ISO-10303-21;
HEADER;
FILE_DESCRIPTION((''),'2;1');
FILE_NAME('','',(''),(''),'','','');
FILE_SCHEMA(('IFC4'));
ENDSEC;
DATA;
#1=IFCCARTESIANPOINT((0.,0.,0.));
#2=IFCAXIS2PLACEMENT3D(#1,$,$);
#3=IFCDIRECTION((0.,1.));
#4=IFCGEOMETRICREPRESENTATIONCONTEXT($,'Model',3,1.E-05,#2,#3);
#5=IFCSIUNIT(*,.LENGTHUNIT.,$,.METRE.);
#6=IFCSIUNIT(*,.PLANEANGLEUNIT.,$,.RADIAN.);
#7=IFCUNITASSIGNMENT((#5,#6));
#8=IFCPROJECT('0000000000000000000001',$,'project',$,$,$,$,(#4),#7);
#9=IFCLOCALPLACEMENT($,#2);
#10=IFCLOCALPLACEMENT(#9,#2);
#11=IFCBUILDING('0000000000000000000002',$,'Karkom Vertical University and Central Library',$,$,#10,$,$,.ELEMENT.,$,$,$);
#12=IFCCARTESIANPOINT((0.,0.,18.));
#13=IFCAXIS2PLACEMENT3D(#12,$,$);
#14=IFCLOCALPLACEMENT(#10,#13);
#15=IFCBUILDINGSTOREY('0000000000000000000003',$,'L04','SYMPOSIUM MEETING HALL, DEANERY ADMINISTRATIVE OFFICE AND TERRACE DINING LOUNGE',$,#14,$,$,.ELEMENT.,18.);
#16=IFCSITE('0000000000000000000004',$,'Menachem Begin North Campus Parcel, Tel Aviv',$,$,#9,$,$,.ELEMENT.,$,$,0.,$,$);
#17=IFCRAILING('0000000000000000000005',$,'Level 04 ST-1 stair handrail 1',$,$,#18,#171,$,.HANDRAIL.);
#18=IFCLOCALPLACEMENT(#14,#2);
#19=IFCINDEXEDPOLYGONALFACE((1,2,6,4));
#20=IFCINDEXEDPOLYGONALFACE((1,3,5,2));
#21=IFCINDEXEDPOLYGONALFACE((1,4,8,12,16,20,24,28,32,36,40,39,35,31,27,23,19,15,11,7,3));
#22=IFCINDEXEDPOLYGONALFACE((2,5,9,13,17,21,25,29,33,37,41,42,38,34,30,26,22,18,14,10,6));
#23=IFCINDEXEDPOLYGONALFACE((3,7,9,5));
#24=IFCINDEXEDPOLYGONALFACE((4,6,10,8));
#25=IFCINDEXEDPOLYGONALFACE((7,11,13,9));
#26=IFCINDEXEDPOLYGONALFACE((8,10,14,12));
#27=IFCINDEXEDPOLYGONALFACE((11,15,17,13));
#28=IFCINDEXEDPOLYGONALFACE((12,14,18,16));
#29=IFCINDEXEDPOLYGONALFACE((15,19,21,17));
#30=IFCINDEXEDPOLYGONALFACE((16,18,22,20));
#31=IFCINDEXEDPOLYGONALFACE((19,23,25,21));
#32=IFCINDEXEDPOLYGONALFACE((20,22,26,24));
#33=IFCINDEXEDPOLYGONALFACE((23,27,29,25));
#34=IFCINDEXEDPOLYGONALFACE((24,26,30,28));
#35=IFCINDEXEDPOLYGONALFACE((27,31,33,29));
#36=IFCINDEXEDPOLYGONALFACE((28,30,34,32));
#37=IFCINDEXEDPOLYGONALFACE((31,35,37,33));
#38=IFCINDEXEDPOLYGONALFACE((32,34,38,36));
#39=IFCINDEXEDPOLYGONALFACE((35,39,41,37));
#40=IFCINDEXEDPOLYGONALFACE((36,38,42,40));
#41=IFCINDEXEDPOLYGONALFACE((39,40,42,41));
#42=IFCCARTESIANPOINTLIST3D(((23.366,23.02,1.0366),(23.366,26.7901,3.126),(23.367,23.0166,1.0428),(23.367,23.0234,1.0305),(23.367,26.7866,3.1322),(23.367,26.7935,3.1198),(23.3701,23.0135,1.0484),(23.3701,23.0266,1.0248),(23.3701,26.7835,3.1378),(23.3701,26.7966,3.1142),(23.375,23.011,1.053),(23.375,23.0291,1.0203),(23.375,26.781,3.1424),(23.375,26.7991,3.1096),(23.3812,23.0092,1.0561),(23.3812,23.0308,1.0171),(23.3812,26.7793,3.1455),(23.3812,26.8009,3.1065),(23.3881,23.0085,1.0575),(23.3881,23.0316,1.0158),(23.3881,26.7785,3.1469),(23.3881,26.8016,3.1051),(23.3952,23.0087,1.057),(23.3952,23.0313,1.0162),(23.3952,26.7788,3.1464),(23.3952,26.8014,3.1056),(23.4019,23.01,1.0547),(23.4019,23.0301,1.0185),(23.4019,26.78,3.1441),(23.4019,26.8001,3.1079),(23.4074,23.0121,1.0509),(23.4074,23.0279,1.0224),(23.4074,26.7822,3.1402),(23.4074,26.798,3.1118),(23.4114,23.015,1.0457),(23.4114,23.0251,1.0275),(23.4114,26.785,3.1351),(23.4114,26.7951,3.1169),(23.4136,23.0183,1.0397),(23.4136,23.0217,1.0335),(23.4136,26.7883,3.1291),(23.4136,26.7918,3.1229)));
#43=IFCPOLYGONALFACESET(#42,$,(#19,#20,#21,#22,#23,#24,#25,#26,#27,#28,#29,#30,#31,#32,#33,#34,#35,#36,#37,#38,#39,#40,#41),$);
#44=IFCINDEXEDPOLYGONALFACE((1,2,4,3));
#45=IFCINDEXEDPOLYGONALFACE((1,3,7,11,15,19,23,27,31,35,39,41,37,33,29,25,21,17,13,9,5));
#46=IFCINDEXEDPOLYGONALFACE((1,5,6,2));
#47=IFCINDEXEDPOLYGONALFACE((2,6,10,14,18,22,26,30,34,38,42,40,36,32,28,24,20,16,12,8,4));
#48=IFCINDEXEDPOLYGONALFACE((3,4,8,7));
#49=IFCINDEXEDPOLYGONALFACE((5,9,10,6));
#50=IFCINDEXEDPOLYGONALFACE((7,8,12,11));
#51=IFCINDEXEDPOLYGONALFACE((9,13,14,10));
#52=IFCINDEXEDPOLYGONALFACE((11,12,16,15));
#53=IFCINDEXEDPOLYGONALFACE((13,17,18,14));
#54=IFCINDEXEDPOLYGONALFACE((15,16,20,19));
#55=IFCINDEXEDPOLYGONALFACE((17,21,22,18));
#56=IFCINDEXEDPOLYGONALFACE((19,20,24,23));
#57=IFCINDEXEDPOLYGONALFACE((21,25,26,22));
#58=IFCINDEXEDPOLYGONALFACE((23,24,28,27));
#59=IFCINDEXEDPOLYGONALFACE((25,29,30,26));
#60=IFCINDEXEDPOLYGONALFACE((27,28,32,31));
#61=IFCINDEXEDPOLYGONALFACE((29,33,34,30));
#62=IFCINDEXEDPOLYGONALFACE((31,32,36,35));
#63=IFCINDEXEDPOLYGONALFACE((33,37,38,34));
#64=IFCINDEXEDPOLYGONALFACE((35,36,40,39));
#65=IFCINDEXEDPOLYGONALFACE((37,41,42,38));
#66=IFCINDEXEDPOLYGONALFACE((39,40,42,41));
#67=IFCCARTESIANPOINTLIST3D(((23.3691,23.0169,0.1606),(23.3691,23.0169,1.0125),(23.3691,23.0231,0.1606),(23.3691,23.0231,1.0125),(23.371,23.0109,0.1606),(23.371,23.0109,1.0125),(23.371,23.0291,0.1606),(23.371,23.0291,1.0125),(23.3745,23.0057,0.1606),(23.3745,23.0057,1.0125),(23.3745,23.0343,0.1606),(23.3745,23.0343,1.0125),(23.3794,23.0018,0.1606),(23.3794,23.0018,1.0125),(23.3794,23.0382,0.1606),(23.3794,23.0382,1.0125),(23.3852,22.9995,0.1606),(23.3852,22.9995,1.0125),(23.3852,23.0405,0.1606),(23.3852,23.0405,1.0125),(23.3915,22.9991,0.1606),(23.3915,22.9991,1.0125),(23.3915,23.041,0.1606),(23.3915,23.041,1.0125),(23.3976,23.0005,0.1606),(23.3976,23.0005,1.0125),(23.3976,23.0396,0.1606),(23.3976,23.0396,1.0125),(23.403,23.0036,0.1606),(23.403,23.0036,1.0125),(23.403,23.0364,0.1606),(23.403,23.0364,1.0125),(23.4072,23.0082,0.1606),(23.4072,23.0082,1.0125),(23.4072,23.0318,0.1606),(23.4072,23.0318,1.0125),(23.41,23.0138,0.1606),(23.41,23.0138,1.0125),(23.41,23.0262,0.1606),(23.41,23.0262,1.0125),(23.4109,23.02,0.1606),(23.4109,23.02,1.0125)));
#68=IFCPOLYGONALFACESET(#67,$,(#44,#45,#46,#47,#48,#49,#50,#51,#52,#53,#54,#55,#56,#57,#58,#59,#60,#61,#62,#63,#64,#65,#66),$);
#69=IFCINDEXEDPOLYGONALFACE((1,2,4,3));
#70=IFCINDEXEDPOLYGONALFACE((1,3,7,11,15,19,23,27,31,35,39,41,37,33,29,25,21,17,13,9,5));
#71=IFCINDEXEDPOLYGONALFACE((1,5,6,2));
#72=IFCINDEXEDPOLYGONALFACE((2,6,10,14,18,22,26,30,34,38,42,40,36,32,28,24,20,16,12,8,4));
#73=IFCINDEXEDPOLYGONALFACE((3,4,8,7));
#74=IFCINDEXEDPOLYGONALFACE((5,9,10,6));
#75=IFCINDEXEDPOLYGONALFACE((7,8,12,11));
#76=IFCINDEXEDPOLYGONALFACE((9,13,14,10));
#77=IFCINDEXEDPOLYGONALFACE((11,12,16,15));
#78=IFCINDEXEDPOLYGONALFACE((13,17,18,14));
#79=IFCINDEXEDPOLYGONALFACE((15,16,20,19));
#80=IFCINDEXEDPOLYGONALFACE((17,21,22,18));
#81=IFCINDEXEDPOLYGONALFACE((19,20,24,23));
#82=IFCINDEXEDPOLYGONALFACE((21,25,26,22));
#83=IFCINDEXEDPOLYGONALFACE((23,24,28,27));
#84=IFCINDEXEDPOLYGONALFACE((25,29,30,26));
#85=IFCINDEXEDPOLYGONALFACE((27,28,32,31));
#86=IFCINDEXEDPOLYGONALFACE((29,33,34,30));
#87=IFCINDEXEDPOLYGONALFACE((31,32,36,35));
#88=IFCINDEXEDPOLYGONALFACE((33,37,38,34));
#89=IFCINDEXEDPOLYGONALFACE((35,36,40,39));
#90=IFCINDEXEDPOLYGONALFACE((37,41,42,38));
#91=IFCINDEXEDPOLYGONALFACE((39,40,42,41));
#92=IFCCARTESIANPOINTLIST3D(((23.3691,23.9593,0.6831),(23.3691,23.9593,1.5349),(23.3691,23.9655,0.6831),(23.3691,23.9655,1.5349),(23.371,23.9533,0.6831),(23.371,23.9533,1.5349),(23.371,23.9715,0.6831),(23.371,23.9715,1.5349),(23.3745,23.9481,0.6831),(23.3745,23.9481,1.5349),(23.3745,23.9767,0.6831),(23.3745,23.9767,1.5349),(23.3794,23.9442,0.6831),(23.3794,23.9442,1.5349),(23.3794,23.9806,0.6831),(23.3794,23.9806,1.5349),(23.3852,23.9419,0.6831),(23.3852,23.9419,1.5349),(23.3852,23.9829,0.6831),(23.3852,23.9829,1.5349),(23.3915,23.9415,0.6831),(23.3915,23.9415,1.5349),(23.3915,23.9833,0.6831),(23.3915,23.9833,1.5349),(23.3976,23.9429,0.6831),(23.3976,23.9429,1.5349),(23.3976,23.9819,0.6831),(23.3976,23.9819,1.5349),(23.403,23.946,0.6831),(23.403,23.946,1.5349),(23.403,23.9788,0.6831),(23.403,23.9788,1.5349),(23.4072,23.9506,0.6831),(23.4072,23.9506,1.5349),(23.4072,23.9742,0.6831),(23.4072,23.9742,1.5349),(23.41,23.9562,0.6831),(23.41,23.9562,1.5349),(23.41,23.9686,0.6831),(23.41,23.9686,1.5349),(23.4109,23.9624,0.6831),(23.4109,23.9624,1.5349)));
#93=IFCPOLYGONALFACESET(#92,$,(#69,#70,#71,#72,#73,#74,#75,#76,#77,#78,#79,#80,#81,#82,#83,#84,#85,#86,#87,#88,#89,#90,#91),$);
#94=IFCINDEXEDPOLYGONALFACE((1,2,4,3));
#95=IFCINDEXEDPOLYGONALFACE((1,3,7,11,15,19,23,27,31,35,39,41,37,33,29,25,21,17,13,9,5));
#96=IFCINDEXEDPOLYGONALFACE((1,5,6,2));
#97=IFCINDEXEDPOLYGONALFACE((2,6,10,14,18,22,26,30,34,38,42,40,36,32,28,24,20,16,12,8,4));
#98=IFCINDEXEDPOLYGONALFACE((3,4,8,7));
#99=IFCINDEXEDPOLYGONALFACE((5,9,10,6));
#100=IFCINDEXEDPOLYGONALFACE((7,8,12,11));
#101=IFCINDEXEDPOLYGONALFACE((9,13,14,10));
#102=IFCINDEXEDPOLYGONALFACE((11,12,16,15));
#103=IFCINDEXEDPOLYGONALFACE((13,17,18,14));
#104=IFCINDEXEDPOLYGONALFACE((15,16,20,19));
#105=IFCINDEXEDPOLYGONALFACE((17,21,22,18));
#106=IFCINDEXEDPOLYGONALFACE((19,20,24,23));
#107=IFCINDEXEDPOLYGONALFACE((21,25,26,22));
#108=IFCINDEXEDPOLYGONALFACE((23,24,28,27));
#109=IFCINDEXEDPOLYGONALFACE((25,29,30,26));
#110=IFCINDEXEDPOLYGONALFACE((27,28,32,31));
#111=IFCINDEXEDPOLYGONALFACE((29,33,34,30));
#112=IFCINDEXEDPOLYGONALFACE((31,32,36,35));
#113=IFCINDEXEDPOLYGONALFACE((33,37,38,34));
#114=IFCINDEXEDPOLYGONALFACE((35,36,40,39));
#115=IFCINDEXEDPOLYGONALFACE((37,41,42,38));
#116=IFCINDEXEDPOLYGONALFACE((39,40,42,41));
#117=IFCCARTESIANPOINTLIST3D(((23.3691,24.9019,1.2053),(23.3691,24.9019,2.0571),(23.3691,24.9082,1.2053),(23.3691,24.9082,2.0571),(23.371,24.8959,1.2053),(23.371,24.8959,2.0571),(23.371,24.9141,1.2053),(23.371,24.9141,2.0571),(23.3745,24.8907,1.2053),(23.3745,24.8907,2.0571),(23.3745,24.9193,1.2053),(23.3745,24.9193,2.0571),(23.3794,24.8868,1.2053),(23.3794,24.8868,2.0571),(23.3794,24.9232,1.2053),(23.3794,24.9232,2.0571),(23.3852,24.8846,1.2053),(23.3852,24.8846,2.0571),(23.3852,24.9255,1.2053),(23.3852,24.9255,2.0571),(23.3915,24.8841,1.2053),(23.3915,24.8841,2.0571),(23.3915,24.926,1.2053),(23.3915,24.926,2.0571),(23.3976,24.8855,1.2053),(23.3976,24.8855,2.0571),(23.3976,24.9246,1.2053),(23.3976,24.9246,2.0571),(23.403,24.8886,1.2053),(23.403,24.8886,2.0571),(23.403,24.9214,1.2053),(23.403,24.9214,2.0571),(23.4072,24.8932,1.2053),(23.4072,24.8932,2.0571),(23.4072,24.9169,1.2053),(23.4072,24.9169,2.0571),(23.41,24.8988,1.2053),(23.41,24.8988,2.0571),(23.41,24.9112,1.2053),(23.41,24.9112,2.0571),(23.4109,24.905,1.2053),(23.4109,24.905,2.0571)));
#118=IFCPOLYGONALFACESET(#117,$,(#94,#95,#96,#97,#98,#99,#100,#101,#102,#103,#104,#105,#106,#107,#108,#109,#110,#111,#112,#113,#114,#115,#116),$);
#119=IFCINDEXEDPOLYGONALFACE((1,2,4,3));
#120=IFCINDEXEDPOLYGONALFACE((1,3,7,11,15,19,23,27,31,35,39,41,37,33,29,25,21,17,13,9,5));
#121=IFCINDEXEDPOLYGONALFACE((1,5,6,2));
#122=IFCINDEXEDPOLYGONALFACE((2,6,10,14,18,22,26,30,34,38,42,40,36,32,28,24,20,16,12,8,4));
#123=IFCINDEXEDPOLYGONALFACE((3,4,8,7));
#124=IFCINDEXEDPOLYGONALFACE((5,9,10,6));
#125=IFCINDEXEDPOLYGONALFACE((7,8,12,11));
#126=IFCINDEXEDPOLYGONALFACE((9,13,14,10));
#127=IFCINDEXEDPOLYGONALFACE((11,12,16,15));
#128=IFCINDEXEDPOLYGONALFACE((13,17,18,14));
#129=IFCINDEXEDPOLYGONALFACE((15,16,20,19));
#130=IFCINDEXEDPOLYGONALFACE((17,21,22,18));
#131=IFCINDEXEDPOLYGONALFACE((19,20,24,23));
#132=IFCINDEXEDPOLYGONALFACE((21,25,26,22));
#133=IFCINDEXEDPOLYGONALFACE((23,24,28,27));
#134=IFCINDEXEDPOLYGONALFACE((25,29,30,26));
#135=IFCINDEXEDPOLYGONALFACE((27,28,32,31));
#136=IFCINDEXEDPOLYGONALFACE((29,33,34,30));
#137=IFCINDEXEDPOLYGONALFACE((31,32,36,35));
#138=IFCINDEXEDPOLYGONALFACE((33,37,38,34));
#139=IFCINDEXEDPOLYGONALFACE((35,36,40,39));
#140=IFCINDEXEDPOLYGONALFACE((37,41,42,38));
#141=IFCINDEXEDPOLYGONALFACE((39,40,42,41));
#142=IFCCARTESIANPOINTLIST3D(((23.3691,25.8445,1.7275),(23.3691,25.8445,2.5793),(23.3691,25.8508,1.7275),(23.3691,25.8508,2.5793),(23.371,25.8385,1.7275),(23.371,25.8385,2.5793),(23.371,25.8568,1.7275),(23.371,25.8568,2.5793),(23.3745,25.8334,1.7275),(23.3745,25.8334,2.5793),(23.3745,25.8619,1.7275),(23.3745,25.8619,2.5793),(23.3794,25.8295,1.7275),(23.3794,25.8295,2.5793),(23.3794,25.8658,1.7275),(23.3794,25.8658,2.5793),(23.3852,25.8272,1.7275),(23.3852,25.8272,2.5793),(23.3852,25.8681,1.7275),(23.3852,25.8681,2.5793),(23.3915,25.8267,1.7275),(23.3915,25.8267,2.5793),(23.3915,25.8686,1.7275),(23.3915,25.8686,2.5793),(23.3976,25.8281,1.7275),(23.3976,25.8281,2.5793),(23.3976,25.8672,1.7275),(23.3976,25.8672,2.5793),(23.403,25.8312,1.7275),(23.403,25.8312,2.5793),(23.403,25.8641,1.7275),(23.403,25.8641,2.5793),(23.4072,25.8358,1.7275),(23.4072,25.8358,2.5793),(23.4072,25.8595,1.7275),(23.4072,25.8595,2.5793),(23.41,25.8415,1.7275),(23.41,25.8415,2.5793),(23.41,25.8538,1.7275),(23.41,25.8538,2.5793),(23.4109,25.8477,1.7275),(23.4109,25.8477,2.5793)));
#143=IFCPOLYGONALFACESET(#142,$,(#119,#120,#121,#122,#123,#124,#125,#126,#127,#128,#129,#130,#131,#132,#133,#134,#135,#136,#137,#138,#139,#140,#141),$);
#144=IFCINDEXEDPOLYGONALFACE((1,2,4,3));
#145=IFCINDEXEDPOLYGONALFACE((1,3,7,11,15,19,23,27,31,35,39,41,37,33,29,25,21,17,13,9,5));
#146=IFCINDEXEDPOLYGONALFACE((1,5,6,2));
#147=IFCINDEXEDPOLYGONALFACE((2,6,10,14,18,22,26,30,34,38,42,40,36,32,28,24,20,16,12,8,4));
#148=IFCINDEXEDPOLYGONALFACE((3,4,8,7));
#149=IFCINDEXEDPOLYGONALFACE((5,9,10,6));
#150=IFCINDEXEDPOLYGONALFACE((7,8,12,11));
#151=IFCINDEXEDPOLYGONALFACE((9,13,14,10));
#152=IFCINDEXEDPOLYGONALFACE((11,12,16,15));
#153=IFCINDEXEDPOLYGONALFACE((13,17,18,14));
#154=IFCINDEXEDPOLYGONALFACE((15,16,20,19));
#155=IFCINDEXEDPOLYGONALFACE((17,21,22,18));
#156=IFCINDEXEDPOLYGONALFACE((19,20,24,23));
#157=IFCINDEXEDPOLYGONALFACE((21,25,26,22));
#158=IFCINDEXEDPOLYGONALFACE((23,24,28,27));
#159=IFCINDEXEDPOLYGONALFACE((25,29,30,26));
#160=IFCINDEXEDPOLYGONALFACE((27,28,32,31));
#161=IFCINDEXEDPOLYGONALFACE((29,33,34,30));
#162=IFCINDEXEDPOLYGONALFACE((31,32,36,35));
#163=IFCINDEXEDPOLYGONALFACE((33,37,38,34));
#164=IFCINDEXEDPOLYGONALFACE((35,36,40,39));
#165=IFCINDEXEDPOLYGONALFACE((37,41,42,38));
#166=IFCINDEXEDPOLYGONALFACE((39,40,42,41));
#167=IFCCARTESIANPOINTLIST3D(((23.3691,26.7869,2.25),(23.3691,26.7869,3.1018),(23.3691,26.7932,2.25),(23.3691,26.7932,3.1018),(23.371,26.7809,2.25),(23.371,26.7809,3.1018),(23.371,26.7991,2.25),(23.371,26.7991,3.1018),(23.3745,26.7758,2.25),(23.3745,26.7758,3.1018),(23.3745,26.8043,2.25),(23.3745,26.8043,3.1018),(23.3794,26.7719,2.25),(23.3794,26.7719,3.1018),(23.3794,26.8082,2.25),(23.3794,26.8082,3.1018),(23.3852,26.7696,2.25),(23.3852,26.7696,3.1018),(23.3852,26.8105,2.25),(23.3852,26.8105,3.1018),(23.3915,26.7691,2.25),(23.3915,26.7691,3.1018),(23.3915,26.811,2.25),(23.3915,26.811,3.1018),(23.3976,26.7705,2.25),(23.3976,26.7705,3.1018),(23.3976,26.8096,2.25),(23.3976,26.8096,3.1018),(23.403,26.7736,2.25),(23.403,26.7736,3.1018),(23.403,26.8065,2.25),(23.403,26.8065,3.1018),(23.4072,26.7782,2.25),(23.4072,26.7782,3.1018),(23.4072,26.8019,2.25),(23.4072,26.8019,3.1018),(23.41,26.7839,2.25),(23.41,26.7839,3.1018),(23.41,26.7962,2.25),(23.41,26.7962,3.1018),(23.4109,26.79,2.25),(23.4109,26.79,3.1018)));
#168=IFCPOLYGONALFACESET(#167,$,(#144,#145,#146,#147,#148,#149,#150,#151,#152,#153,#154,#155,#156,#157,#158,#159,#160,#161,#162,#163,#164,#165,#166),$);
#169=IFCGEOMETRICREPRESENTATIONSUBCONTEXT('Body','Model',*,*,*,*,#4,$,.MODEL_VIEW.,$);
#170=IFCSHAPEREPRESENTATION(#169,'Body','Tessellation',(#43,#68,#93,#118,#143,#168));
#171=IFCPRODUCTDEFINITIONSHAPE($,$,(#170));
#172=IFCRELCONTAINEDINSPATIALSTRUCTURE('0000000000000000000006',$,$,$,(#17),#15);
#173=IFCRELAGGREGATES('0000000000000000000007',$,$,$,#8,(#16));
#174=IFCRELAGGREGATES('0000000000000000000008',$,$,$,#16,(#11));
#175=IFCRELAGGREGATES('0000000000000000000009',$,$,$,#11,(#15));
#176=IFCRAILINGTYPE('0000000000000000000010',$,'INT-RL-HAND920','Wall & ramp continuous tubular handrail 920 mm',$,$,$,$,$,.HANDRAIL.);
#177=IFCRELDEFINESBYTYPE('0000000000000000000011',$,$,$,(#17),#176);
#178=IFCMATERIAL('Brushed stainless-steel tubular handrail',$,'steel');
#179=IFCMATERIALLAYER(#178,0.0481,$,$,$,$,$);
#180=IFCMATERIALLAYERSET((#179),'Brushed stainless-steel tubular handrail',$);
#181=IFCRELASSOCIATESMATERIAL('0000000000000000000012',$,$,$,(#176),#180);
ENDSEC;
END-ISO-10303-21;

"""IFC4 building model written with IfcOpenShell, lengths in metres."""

from ifc_helpers import new_model, si_unit, direction, frame, origin, origin_2d, place, context, subcontext, project, spatial, circle, extrude, material, layer, layer_set, type_object, element, save


model = new_model("IFC4")

# Units and contexts
model_context = context("Model", 3, precision=1e-05, world=origin(), true_north=direction((0.0, 1.0)))
body_context = subcontext(model_context, "Body", "Model", "MODEL_VIEW")
ifc_project = project(units=[si_unit("LENGTHUNIT", "METRE"), si_unit("PLANEANGLEUNIT", "RADIAN")], contexts=[model_context])

# Site, building, storey
site_placement = place(None, origin())
site = spatial("IfcSite", under=ifc_project, at=site_placement, Name="Menachem Begin North Campus Parcel, Tel Aviv", CompositionType="ELEMENT", RefElevation=0.0)
building_placement = place(site_placement, origin())
building = spatial("IfcBuilding", under=site, at=building_placement, Name="Karkom Vertical University and Central Library", CompositionType="ELEMENT")
storey_placement = place(building_placement, frame((0.0, 0.0, 18.0)))
storey = spatial("IfcBuildingStorey", under=building, at=storey_placement, Name="L04", Description="SYMPOSIUM MEETING HALL, DEANERY ADMINISTRATIVE OFFICE AND TERRACE DINING LOUNGE", CompositionType="ELEMENT", Elevation=18.0)

# Railing
ifc_material_1 = material(Name="Brushed stainless-steel tubular handrail", Category="steel")
ifc_layer_1 = layer(ifc_material_1, 0.0481)
ifc_layer_set_1 = layer_set([ifc_layer_1], Name="Brushed stainless-steel tubular handrail")
railing_type_1 = type_object("IfcRailingType", Name="INT-RL-HAND920", Description="Wall & ramp continuous tubular handrail 920 mm", PredefinedType="HANDRAIL", material=ifc_layer_set_1)
railing_1_placement = place(storey_placement, frame((23.3899, 23.02, 0.1606)))
element("IfcRailing", 1, at=railing_1_placement, inside=storey, type_object=railing_type_1, Name="Level 04 ST-1 stair handrail 1", PredefinedType="HANDRAIL", context=body_context, shape_type="SweptSolid", body=[
    extrude(circle(Radius=0.0239, at=origin_2d()), frame((0.0, 0.0, 0.876), z_axis=(0.0, 0.874659, 0.484739), x_axis=(-1.0, 0.0, 0.0)), (0.0, 0.0, 1.0), 4.3103),
    extrude(circle(Radius=0.021, at=origin_2d()), origin(), (0.0, 0.0, 1.0), 0.8518),
    extrude(circle(Radius=0.021, at=origin_2d()), frame((0.0, 0.9424, 0.5225)), (0.0, 0.0, 1.0), 0.8518),
    extrude(circle(Radius=0.021, at=origin_2d()), frame((0.0, 1.885, 1.0447)), (0.0, 0.0, 1.0), 0.8518),
    extrude(circle(Radius=0.021, at=origin_2d()), frame((0.0, 2.8276, 1.5669)), (0.0, 0.0, 1.0), 0.8518),
    extrude(circle(Radius=0.021, at=origin_2d()), frame((0.0, 3.77, 2.0894)), (0.0, 0.0, 1.0), 0.8518),
])

save(model, "model.ifc")
